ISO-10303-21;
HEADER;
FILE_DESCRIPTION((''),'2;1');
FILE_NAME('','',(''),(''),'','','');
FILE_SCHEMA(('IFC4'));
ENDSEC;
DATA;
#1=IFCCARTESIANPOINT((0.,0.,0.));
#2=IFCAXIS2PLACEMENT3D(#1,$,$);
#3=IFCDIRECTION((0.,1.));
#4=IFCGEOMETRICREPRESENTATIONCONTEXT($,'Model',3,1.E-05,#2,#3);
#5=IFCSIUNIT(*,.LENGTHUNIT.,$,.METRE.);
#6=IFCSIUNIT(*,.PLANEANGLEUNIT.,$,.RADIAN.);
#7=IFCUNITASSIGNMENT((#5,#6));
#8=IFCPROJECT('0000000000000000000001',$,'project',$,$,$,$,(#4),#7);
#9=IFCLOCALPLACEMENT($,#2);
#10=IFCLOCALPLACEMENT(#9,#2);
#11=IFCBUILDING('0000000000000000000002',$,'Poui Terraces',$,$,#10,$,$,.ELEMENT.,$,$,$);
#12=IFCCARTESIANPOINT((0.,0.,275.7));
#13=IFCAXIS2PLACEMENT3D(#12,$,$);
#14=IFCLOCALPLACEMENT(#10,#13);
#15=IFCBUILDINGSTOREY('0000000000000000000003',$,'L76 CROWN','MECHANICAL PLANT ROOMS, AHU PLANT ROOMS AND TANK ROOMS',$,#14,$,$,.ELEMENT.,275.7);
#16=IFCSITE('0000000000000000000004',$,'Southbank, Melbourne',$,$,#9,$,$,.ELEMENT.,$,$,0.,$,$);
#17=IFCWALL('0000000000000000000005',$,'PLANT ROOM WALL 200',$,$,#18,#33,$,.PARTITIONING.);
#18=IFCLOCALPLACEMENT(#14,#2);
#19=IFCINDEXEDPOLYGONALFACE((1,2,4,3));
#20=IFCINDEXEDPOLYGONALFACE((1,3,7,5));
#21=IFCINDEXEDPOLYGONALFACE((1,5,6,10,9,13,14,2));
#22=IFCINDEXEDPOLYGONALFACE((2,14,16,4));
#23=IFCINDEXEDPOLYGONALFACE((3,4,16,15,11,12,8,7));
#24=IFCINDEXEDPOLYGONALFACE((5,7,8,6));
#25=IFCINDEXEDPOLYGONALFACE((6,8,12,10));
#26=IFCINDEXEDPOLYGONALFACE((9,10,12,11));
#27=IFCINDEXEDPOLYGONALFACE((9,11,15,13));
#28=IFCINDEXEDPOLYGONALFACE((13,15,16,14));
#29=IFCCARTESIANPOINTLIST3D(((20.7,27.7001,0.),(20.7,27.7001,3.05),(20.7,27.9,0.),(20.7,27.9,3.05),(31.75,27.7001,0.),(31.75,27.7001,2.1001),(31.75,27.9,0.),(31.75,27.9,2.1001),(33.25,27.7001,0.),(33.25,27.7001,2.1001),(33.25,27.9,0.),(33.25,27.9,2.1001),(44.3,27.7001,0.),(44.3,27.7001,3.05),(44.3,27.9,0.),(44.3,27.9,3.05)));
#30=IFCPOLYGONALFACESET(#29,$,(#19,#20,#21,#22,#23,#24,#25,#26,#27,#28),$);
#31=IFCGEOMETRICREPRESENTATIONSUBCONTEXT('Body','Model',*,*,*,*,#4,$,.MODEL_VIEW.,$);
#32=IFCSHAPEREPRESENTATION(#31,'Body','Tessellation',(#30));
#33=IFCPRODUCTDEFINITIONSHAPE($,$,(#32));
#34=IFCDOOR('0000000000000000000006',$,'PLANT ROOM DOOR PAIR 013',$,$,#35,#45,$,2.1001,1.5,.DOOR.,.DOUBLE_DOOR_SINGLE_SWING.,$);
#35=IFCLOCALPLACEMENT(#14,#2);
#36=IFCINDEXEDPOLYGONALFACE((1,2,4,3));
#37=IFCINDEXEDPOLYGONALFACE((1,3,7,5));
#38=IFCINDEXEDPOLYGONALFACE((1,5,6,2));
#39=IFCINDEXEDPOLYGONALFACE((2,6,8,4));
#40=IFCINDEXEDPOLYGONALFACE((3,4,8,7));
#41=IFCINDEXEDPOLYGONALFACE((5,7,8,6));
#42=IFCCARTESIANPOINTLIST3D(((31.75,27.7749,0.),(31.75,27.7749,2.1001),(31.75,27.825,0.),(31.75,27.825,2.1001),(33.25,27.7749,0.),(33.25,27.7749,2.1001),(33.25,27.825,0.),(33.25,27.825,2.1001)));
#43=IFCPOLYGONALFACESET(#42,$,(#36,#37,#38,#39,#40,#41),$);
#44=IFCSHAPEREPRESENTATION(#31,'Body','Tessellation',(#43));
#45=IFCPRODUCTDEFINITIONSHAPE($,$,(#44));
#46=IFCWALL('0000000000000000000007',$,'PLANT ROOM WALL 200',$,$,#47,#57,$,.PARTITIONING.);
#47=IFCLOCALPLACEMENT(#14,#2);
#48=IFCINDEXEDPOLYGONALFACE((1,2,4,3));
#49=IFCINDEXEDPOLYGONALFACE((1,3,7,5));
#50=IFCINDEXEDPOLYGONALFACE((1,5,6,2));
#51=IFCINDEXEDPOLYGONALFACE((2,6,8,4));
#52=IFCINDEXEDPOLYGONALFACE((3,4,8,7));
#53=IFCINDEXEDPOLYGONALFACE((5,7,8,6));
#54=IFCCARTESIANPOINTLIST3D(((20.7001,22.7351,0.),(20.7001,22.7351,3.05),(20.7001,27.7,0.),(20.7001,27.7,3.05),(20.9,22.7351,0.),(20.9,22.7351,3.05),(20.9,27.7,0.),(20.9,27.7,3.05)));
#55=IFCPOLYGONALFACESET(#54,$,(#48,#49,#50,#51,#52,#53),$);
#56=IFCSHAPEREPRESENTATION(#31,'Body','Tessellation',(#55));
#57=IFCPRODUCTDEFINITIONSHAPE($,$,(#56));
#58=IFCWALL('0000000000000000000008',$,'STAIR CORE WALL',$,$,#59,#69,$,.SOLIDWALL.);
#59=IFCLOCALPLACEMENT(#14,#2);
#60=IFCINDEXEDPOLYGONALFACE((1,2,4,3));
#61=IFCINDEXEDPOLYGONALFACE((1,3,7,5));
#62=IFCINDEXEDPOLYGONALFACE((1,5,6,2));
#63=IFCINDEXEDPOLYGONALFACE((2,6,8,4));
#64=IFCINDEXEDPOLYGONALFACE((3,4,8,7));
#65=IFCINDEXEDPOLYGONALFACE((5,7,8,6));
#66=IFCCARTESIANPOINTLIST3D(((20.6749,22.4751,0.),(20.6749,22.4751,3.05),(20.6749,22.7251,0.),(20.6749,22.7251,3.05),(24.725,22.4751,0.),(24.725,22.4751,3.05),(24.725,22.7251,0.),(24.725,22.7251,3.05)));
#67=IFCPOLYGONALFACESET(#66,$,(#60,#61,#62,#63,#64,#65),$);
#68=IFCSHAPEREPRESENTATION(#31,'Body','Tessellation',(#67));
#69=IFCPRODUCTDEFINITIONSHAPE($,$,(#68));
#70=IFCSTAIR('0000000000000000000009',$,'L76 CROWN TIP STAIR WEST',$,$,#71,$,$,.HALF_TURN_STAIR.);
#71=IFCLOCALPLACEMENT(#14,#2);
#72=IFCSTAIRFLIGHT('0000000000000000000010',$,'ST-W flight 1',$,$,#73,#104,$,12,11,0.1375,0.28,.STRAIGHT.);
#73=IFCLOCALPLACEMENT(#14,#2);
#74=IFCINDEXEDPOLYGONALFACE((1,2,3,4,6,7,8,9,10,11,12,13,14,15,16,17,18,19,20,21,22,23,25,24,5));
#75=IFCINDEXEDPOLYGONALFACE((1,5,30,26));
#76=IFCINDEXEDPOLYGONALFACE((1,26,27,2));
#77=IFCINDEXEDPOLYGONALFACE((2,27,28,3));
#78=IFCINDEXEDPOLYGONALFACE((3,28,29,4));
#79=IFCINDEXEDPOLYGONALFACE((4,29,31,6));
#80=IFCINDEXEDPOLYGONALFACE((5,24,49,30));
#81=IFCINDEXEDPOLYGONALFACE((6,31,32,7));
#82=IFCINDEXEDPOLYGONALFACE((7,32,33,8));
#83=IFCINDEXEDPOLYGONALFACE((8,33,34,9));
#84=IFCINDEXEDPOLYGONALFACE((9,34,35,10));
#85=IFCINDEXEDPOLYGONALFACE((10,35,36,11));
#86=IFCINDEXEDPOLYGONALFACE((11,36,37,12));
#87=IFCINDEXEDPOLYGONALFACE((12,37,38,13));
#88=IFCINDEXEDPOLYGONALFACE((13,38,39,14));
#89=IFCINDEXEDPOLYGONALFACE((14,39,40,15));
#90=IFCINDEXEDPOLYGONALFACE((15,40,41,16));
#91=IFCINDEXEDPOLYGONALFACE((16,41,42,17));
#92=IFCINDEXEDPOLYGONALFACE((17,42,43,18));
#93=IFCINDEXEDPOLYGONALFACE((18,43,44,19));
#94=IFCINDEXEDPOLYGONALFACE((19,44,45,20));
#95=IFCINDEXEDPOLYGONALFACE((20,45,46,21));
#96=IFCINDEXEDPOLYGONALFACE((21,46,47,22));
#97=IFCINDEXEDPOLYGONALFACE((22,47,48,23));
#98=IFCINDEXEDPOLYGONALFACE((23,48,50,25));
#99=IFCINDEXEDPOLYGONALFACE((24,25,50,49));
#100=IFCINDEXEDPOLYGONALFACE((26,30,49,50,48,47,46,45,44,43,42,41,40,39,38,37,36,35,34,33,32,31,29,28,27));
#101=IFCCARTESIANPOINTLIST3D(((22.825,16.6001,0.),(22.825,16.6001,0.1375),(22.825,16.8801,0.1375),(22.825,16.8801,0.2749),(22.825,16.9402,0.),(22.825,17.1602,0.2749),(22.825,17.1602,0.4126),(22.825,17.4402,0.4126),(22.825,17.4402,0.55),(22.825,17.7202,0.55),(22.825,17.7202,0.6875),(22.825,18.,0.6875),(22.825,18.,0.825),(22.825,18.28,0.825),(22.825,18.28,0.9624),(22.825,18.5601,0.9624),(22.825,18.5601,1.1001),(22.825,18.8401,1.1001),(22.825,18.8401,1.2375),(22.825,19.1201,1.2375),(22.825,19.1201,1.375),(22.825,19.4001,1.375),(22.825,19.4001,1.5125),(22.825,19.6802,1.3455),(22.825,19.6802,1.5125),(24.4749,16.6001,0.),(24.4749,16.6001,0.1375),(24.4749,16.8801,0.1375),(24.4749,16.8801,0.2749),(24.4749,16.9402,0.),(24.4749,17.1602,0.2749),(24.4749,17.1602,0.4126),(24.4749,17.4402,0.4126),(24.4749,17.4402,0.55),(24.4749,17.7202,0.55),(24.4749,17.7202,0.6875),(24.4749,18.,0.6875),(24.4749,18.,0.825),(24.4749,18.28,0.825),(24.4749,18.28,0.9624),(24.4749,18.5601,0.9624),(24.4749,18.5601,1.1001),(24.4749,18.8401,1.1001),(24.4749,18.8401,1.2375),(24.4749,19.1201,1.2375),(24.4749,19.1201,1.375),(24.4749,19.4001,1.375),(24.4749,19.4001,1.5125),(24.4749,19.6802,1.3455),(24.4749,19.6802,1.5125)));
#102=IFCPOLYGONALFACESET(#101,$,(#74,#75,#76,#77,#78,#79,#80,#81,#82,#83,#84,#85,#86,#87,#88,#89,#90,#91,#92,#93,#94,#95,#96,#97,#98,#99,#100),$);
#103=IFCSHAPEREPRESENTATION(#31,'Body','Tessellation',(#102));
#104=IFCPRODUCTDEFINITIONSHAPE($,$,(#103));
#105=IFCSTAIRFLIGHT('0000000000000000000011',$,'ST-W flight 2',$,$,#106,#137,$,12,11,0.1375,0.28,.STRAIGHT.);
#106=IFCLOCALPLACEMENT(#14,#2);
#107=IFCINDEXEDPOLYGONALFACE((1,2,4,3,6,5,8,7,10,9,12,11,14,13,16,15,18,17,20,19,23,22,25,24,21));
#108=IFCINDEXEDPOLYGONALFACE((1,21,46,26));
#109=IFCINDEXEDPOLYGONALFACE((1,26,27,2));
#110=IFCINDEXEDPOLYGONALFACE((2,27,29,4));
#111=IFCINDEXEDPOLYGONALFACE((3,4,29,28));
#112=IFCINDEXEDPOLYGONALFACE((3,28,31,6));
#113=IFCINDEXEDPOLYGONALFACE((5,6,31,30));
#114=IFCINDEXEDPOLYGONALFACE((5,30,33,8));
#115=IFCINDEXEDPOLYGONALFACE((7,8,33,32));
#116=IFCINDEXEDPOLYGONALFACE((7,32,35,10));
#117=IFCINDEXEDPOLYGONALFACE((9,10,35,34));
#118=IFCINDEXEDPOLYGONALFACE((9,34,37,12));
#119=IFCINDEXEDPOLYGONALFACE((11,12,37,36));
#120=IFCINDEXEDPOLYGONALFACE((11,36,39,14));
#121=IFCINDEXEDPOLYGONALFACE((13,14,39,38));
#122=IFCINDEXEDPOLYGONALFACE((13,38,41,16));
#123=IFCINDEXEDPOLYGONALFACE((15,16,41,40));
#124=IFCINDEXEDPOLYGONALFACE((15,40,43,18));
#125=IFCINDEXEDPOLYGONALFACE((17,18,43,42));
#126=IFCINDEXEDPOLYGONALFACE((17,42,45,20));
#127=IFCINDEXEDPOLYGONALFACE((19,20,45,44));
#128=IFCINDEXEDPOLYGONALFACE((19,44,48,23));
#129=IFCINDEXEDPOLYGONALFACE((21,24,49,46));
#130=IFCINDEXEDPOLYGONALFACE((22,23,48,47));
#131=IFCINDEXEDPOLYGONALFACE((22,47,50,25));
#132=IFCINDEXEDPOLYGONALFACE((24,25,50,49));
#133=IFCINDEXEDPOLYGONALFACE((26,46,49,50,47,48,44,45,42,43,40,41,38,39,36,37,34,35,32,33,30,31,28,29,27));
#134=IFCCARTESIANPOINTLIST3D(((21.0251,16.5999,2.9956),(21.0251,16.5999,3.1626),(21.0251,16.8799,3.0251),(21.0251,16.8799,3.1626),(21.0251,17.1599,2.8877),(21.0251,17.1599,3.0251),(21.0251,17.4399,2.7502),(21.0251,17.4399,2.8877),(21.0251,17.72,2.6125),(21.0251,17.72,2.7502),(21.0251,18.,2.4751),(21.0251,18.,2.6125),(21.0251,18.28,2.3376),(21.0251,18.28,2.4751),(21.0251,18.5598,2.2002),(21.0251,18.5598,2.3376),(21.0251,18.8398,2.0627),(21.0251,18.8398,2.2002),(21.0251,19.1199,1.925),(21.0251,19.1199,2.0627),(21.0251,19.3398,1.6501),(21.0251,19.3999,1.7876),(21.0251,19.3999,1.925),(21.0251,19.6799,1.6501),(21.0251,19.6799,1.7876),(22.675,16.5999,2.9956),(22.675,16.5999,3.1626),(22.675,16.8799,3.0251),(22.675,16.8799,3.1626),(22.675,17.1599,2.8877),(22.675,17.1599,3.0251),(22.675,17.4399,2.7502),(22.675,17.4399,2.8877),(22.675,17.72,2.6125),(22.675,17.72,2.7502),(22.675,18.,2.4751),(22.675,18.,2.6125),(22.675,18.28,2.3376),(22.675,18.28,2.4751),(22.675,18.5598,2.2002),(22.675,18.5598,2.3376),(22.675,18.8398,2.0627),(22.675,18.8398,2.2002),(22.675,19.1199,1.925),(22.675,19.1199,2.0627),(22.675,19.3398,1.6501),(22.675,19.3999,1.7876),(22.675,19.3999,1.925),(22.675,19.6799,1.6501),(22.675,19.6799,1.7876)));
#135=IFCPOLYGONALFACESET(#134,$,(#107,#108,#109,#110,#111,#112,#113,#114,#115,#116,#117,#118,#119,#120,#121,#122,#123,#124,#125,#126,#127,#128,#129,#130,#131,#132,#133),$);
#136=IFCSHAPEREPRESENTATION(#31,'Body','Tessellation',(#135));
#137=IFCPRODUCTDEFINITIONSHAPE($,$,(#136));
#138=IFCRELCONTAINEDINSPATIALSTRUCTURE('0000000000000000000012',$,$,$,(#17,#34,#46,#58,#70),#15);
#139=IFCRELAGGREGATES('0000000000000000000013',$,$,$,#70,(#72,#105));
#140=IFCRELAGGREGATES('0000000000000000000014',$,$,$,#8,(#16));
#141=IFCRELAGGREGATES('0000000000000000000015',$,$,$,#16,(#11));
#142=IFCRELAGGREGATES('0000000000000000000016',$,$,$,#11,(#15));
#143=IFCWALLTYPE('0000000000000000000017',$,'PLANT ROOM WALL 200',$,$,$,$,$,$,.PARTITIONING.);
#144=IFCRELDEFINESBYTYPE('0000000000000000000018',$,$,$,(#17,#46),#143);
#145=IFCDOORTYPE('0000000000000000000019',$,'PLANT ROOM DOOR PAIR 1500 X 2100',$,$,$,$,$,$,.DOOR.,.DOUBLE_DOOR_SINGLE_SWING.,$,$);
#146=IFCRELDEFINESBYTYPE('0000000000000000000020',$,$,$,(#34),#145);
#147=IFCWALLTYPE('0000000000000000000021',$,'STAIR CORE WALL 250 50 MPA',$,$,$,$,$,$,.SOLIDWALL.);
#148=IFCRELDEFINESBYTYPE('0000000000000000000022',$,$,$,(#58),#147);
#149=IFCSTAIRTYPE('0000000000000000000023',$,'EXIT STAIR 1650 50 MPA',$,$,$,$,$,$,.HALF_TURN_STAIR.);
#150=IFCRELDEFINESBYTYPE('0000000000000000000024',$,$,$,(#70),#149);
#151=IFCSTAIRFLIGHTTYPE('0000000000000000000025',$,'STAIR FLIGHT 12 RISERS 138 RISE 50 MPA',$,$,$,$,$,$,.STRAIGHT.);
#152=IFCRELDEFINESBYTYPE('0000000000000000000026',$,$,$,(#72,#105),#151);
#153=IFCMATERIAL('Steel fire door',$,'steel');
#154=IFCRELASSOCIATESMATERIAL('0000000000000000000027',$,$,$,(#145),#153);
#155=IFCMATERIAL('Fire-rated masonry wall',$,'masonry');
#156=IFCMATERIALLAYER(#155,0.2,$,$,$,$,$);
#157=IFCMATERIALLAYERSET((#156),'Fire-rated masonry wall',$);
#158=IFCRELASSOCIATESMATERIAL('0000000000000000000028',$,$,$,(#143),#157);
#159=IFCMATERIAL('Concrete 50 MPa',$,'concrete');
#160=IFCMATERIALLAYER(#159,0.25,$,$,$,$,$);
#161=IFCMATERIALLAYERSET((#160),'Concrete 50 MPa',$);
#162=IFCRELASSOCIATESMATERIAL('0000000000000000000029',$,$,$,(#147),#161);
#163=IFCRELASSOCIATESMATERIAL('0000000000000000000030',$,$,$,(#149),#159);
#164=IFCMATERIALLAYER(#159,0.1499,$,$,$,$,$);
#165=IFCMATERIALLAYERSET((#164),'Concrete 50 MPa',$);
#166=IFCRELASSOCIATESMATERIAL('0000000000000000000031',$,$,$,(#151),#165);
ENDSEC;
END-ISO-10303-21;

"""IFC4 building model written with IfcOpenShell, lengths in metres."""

from ifc_helpers import new_model, si_unit, direction, frame, frame_2d, origin, place, context, subcontext, project, spatial, polyline, rectangle, outline, extrude, material, layer, layer_set, type_object, element, fill, aggregate, save


model = new_model("IFC4")

# Units and contexts
model_context = context("Model", 3, precision=1e-05, world=origin(), true_north=direction((0.0, 1.0)))
body_context = subcontext(model_context, "Body", "Model", "MODEL_VIEW")
ifc_project = project(units=[si_unit("LENGTHUNIT", "METRE"), si_unit("PLANEANGLEUNIT", "RADIAN")], contexts=[model_context])

# Site, building, storey
site_placement = place(None, origin())
site = spatial("IfcSite", under=ifc_project, at=site_placement, Name="Southbank, Melbourne", CompositionType="ELEMENT", RefElevation=0.0)
building_placement = place(site_placement, origin())
building = spatial("IfcBuilding", under=site, at=building_placement, Name="Poui Terraces", CompositionType="ELEMENT")
storey_placement = place(building_placement, frame((0.0, 0.0, 275.7)))
storey = spatial("IfcBuildingStorey", under=building, at=storey_placement, Name="L76 CROWN", Description="MECHANICAL PLANT ROOMS, AHU PLANT ROOMS AND TANK ROOMS", CompositionType="ELEMENT", Elevation=275.7)

# Shared definitions
ifc_material_1 = material(Name="Concrete 50 MPa", Category="concrete")

# Shared definitions
ifc_material_2 = material(Name="Steel fire door", Category="steel")

# Shared definitions
door_type_1 = type_object("IfcDoorType", Name="PLANT ROOM DOOR PAIR 1500 X 2100", OperationType="DOUBLE_DOOR_SINGLE_SWING", PredefinedType="DOOR", material=ifc_material_2)

# Shared definitions
ifc_material_3 = material(Name="Fire-rated masonry wall", Category="masonry")
ifc_layer_1 = layer(ifc_material_3, 0.2)
ifc_layer_set_1 = layer_set([ifc_layer_1], Name="Fire-rated masonry wall")
wall_type_1 = type_object("IfcWallType", Name="PLANT ROOM WALL 200", PredefinedType="PARTITIONING", material=ifc_layer_set_1)

# Wall, opening, door
wall_1_placement = place(storey_placement, frame((20.7, 27.8, 0.0), z_axis=(0.0, 0.0, 1.0), x_axis=(1.0, 0.0, 0.0)))
wall_1 = element("IfcWall", 1, at=wall_1_placement, inside=storey, type_object=wall_type_1, Name="PLANT ROOM WALL 200", PredefinedType="PARTITIONING", context=body_context, shape_type="SweptSolid", body=[
    extrude(rectangle(XDim=23.6001, YDim=0.2, at=frame_2d((11.8, 0.0))), origin(), (0.0, 0.0, 1.0), 3.05),
])
opening_1_placement = place(wall_1_placement, frame((11.05, 0.0, 0.0)))
opening_1 = element("IfcOpeningElement", 2, at=opening_1_placement, cuts=wall_1, PredefinedType="OPENING", context=body_context, shape_type="SweptSolid", body=[
    extrude(rectangle(XDim=1.5, YDim=2.1001, at=frame_2d((0.75, 1.05))), frame((0.0, 0.1099, 0.0), z_axis=(0.0, -1.0, 0.0), x_axis=(1.0, 0.0, 0.0)), (0.0, 0.0, 1.0), 0.22),
])
door_1_placement = place(opening_1_placement, origin())
door_1 = element("IfcDoor", 3, at=door_1_placement, inside=storey, type_object=door_type_1, Name="PLANT ROOM DOOR PAIR 013", OperationType="DOUBLE_DOOR_SINGLE_SWING", OverallHeight=2.1001, OverallWidth=1.5, PredefinedType="DOOR", context=body_context, shape_type="SweptSolid", body=[
    extrude(rectangle(XDim=1.5, YDim=2.1001, at=frame_2d((0.75, 1.05))), frame((0.0, 0.0249, 0.0), z_axis=(0.0, -1.0, 0.0), x_axis=(1.0, 0.0, 0.0)), (0.0, 0.0, 1.0), 0.05),
])
fill(opening_1, door_1)

# Walls
wall_2_placement = place(storey_placement, frame((20.8, 22.7351, 0.0), z_axis=(0.0, 0.0, 1.0), x_axis=(0.0, 1.0, 0.0)))
element("IfcWall", 4, at=wall_2_placement, inside=storey, type_object=wall_type_1, Name="PLANT ROOM WALL 200", PredefinedType="PARTITIONING", context=body_context, shape_type="SweptSolid", body=[
    extrude(rectangle(XDim=4.9648, YDim=0.2, at=frame_2d((2.4824, 0.0))), origin(), (0.0, 0.0, 1.0), 3.05),
])
ifc_layer_2 = layer(ifc_material_1, 0.25)
ifc_layer_set_2 = layer_set([ifc_layer_2], Name="Concrete 50 MPa")
wall_type_2 = type_object("IfcWallType", Name="STAIR CORE WALL 250 50 MPA", PredefinedType="SOLIDWALL", material=ifc_layer_set_2)
wall_3_placement = place(storey_placement, frame((20.675, 22.6001, 0.0), z_axis=(0.0, 0.0, 1.0), x_axis=(1.0, 0.0, 0.0)))
element("IfcWall", 5, at=wall_3_placement, inside=storey, type_object=wall_type_2, Name="STAIR CORE WALL", PredefinedType="SOLIDWALL", context=body_context, shape_type="SweptSolid", body=[
    extrude(rectangle(XDim=4.05, YDim=0.25, at=frame_2d((2.0249, 0.0))), origin(), (0.0, 0.0, 1.0), 3.05),
])

# Stair, stair flights
stair_type = type_object("IfcStairType", Name="EXIT STAIR 1650 50 MPA", PredefinedType="HALF_TURN_STAIR", material=ifc_material_1)
stair_placement = place(storey_placement, origin())
stair = element("IfcStair", 6, at=stair_placement, inside=storey, type_object=stair_type, Name="L76 CROWN TIP STAIR WEST", PredefinedType="HALF_TURN_STAIR")
ifc_layer_3 = layer(ifc_material_1, 0.1499)
ifc_layer_set_3 = layer_set([ifc_layer_3], Name="Concrete 50 MPa")
stair_flight_type = type_object("IfcStairFlightType", Name="STAIR FLIGHT 12 RISERS 138 RISE 50 MPA", PredefinedType="STRAIGHT", material=ifc_layer_set_3)
stair_flight_1_placement = place(storey_placement, frame((23.6499, 16.6001, 0.0), z_axis=(0.0, 0.0, 1.0), x_axis=(0.0, 1.0, 0.0)))
stair_flight_1 = element("IfcStairFlight", 7, at=stair_flight_1_placement, type_object=stair_flight_type, Name="ST-W flight 1", NumberOfRisers=12, NumberOfTreads=11, PredefinedType="STRAIGHT", RiserHeight=0.1375, TreadLength=0.28, context=body_context, shape_type="SweptSolid", body=[
    extrude(outline(polyline([(0.0, 0.0), (0.0, 0.1375), (0.28, 0.1375), (0.28, 0.2749), (0.5601, 0.2749), (0.5601, 0.4126), (0.8401, 0.4126), (0.8401, 0.55), (1.1201, 0.55), (1.1201, 0.6875), (1.3999, 0.6875), (1.3999, 0.825), (1.6799, 0.825), (1.6799, 0.9624), (1.96, 0.9624), (1.96, 1.1001), (2.24, 1.1001), (2.24, 1.2375), (2.52, 1.2375), (2.52, 1.375), (2.8, 1.375), (2.8, 1.5125), (3.0801, 1.5125), (3.0801, 1.6499), (3.0801, 1.3455), (0.3401, 0.0), (0.0, 0.0)])), frame((0.0, 0.825, 0.0), z_axis=(0.0, -1.0, 0.0), x_axis=(1.0, 0.0, 0.0)), (0.0, 0.0, 1.0), 1.6499),
])
stair_flight_2_placement = place(storey_placement, frame((21.8501, 19.6799, 1.6501), z_axis=(0.0, 0.0, 1.0), x_axis=(0.0, -1.0, 0.0)))
stair_flight_2 = element("IfcStairFlight", 8, at=stair_flight_2_placement, type_object=stair_flight_type, Name="ST-W flight 2", NumberOfRisers=12, NumberOfTreads=11, PredefinedType="STRAIGHT", RiserHeight=0.1375, TreadLength=0.28, context=body_context, shape_type="SweptSolid", body=[
    extrude(outline(polyline([(0.0, 0.0), (0.0, 0.1375), (0.28, 0.1375), (0.28, 0.2749), (0.5601, 0.2749), (0.5601, 0.4126), (0.8401, 0.4126), (0.8401, 0.55), (1.1201, 0.55), (1.1201, 0.6875), (1.3999, 0.6875), (1.3999, 0.825), (1.6799, 0.825), (1.6799, 0.9624), (1.96, 0.9624), (1.96, 1.1001), (2.24, 1.1001), (2.24, 1.2375), (2.52, 1.2375), (2.52, 1.375), (2.8, 1.375), (2.8, 1.5125), (3.0801, 1.5125), (3.0801, 1.6499), (3.0801, 1.3455), (0.3401, 0.0), (0.0, 0.0)])), frame((0.0, 0.825, 0.0), z_axis=(0.0, -1.0, 0.0), x_axis=(1.0, 0.0, 0.0)), (0.0, 0.0, 1.0), 1.6499),
])
aggregate(stair, [stair_flight_1, stair_flight_2])

save(model, "model.ifc")
